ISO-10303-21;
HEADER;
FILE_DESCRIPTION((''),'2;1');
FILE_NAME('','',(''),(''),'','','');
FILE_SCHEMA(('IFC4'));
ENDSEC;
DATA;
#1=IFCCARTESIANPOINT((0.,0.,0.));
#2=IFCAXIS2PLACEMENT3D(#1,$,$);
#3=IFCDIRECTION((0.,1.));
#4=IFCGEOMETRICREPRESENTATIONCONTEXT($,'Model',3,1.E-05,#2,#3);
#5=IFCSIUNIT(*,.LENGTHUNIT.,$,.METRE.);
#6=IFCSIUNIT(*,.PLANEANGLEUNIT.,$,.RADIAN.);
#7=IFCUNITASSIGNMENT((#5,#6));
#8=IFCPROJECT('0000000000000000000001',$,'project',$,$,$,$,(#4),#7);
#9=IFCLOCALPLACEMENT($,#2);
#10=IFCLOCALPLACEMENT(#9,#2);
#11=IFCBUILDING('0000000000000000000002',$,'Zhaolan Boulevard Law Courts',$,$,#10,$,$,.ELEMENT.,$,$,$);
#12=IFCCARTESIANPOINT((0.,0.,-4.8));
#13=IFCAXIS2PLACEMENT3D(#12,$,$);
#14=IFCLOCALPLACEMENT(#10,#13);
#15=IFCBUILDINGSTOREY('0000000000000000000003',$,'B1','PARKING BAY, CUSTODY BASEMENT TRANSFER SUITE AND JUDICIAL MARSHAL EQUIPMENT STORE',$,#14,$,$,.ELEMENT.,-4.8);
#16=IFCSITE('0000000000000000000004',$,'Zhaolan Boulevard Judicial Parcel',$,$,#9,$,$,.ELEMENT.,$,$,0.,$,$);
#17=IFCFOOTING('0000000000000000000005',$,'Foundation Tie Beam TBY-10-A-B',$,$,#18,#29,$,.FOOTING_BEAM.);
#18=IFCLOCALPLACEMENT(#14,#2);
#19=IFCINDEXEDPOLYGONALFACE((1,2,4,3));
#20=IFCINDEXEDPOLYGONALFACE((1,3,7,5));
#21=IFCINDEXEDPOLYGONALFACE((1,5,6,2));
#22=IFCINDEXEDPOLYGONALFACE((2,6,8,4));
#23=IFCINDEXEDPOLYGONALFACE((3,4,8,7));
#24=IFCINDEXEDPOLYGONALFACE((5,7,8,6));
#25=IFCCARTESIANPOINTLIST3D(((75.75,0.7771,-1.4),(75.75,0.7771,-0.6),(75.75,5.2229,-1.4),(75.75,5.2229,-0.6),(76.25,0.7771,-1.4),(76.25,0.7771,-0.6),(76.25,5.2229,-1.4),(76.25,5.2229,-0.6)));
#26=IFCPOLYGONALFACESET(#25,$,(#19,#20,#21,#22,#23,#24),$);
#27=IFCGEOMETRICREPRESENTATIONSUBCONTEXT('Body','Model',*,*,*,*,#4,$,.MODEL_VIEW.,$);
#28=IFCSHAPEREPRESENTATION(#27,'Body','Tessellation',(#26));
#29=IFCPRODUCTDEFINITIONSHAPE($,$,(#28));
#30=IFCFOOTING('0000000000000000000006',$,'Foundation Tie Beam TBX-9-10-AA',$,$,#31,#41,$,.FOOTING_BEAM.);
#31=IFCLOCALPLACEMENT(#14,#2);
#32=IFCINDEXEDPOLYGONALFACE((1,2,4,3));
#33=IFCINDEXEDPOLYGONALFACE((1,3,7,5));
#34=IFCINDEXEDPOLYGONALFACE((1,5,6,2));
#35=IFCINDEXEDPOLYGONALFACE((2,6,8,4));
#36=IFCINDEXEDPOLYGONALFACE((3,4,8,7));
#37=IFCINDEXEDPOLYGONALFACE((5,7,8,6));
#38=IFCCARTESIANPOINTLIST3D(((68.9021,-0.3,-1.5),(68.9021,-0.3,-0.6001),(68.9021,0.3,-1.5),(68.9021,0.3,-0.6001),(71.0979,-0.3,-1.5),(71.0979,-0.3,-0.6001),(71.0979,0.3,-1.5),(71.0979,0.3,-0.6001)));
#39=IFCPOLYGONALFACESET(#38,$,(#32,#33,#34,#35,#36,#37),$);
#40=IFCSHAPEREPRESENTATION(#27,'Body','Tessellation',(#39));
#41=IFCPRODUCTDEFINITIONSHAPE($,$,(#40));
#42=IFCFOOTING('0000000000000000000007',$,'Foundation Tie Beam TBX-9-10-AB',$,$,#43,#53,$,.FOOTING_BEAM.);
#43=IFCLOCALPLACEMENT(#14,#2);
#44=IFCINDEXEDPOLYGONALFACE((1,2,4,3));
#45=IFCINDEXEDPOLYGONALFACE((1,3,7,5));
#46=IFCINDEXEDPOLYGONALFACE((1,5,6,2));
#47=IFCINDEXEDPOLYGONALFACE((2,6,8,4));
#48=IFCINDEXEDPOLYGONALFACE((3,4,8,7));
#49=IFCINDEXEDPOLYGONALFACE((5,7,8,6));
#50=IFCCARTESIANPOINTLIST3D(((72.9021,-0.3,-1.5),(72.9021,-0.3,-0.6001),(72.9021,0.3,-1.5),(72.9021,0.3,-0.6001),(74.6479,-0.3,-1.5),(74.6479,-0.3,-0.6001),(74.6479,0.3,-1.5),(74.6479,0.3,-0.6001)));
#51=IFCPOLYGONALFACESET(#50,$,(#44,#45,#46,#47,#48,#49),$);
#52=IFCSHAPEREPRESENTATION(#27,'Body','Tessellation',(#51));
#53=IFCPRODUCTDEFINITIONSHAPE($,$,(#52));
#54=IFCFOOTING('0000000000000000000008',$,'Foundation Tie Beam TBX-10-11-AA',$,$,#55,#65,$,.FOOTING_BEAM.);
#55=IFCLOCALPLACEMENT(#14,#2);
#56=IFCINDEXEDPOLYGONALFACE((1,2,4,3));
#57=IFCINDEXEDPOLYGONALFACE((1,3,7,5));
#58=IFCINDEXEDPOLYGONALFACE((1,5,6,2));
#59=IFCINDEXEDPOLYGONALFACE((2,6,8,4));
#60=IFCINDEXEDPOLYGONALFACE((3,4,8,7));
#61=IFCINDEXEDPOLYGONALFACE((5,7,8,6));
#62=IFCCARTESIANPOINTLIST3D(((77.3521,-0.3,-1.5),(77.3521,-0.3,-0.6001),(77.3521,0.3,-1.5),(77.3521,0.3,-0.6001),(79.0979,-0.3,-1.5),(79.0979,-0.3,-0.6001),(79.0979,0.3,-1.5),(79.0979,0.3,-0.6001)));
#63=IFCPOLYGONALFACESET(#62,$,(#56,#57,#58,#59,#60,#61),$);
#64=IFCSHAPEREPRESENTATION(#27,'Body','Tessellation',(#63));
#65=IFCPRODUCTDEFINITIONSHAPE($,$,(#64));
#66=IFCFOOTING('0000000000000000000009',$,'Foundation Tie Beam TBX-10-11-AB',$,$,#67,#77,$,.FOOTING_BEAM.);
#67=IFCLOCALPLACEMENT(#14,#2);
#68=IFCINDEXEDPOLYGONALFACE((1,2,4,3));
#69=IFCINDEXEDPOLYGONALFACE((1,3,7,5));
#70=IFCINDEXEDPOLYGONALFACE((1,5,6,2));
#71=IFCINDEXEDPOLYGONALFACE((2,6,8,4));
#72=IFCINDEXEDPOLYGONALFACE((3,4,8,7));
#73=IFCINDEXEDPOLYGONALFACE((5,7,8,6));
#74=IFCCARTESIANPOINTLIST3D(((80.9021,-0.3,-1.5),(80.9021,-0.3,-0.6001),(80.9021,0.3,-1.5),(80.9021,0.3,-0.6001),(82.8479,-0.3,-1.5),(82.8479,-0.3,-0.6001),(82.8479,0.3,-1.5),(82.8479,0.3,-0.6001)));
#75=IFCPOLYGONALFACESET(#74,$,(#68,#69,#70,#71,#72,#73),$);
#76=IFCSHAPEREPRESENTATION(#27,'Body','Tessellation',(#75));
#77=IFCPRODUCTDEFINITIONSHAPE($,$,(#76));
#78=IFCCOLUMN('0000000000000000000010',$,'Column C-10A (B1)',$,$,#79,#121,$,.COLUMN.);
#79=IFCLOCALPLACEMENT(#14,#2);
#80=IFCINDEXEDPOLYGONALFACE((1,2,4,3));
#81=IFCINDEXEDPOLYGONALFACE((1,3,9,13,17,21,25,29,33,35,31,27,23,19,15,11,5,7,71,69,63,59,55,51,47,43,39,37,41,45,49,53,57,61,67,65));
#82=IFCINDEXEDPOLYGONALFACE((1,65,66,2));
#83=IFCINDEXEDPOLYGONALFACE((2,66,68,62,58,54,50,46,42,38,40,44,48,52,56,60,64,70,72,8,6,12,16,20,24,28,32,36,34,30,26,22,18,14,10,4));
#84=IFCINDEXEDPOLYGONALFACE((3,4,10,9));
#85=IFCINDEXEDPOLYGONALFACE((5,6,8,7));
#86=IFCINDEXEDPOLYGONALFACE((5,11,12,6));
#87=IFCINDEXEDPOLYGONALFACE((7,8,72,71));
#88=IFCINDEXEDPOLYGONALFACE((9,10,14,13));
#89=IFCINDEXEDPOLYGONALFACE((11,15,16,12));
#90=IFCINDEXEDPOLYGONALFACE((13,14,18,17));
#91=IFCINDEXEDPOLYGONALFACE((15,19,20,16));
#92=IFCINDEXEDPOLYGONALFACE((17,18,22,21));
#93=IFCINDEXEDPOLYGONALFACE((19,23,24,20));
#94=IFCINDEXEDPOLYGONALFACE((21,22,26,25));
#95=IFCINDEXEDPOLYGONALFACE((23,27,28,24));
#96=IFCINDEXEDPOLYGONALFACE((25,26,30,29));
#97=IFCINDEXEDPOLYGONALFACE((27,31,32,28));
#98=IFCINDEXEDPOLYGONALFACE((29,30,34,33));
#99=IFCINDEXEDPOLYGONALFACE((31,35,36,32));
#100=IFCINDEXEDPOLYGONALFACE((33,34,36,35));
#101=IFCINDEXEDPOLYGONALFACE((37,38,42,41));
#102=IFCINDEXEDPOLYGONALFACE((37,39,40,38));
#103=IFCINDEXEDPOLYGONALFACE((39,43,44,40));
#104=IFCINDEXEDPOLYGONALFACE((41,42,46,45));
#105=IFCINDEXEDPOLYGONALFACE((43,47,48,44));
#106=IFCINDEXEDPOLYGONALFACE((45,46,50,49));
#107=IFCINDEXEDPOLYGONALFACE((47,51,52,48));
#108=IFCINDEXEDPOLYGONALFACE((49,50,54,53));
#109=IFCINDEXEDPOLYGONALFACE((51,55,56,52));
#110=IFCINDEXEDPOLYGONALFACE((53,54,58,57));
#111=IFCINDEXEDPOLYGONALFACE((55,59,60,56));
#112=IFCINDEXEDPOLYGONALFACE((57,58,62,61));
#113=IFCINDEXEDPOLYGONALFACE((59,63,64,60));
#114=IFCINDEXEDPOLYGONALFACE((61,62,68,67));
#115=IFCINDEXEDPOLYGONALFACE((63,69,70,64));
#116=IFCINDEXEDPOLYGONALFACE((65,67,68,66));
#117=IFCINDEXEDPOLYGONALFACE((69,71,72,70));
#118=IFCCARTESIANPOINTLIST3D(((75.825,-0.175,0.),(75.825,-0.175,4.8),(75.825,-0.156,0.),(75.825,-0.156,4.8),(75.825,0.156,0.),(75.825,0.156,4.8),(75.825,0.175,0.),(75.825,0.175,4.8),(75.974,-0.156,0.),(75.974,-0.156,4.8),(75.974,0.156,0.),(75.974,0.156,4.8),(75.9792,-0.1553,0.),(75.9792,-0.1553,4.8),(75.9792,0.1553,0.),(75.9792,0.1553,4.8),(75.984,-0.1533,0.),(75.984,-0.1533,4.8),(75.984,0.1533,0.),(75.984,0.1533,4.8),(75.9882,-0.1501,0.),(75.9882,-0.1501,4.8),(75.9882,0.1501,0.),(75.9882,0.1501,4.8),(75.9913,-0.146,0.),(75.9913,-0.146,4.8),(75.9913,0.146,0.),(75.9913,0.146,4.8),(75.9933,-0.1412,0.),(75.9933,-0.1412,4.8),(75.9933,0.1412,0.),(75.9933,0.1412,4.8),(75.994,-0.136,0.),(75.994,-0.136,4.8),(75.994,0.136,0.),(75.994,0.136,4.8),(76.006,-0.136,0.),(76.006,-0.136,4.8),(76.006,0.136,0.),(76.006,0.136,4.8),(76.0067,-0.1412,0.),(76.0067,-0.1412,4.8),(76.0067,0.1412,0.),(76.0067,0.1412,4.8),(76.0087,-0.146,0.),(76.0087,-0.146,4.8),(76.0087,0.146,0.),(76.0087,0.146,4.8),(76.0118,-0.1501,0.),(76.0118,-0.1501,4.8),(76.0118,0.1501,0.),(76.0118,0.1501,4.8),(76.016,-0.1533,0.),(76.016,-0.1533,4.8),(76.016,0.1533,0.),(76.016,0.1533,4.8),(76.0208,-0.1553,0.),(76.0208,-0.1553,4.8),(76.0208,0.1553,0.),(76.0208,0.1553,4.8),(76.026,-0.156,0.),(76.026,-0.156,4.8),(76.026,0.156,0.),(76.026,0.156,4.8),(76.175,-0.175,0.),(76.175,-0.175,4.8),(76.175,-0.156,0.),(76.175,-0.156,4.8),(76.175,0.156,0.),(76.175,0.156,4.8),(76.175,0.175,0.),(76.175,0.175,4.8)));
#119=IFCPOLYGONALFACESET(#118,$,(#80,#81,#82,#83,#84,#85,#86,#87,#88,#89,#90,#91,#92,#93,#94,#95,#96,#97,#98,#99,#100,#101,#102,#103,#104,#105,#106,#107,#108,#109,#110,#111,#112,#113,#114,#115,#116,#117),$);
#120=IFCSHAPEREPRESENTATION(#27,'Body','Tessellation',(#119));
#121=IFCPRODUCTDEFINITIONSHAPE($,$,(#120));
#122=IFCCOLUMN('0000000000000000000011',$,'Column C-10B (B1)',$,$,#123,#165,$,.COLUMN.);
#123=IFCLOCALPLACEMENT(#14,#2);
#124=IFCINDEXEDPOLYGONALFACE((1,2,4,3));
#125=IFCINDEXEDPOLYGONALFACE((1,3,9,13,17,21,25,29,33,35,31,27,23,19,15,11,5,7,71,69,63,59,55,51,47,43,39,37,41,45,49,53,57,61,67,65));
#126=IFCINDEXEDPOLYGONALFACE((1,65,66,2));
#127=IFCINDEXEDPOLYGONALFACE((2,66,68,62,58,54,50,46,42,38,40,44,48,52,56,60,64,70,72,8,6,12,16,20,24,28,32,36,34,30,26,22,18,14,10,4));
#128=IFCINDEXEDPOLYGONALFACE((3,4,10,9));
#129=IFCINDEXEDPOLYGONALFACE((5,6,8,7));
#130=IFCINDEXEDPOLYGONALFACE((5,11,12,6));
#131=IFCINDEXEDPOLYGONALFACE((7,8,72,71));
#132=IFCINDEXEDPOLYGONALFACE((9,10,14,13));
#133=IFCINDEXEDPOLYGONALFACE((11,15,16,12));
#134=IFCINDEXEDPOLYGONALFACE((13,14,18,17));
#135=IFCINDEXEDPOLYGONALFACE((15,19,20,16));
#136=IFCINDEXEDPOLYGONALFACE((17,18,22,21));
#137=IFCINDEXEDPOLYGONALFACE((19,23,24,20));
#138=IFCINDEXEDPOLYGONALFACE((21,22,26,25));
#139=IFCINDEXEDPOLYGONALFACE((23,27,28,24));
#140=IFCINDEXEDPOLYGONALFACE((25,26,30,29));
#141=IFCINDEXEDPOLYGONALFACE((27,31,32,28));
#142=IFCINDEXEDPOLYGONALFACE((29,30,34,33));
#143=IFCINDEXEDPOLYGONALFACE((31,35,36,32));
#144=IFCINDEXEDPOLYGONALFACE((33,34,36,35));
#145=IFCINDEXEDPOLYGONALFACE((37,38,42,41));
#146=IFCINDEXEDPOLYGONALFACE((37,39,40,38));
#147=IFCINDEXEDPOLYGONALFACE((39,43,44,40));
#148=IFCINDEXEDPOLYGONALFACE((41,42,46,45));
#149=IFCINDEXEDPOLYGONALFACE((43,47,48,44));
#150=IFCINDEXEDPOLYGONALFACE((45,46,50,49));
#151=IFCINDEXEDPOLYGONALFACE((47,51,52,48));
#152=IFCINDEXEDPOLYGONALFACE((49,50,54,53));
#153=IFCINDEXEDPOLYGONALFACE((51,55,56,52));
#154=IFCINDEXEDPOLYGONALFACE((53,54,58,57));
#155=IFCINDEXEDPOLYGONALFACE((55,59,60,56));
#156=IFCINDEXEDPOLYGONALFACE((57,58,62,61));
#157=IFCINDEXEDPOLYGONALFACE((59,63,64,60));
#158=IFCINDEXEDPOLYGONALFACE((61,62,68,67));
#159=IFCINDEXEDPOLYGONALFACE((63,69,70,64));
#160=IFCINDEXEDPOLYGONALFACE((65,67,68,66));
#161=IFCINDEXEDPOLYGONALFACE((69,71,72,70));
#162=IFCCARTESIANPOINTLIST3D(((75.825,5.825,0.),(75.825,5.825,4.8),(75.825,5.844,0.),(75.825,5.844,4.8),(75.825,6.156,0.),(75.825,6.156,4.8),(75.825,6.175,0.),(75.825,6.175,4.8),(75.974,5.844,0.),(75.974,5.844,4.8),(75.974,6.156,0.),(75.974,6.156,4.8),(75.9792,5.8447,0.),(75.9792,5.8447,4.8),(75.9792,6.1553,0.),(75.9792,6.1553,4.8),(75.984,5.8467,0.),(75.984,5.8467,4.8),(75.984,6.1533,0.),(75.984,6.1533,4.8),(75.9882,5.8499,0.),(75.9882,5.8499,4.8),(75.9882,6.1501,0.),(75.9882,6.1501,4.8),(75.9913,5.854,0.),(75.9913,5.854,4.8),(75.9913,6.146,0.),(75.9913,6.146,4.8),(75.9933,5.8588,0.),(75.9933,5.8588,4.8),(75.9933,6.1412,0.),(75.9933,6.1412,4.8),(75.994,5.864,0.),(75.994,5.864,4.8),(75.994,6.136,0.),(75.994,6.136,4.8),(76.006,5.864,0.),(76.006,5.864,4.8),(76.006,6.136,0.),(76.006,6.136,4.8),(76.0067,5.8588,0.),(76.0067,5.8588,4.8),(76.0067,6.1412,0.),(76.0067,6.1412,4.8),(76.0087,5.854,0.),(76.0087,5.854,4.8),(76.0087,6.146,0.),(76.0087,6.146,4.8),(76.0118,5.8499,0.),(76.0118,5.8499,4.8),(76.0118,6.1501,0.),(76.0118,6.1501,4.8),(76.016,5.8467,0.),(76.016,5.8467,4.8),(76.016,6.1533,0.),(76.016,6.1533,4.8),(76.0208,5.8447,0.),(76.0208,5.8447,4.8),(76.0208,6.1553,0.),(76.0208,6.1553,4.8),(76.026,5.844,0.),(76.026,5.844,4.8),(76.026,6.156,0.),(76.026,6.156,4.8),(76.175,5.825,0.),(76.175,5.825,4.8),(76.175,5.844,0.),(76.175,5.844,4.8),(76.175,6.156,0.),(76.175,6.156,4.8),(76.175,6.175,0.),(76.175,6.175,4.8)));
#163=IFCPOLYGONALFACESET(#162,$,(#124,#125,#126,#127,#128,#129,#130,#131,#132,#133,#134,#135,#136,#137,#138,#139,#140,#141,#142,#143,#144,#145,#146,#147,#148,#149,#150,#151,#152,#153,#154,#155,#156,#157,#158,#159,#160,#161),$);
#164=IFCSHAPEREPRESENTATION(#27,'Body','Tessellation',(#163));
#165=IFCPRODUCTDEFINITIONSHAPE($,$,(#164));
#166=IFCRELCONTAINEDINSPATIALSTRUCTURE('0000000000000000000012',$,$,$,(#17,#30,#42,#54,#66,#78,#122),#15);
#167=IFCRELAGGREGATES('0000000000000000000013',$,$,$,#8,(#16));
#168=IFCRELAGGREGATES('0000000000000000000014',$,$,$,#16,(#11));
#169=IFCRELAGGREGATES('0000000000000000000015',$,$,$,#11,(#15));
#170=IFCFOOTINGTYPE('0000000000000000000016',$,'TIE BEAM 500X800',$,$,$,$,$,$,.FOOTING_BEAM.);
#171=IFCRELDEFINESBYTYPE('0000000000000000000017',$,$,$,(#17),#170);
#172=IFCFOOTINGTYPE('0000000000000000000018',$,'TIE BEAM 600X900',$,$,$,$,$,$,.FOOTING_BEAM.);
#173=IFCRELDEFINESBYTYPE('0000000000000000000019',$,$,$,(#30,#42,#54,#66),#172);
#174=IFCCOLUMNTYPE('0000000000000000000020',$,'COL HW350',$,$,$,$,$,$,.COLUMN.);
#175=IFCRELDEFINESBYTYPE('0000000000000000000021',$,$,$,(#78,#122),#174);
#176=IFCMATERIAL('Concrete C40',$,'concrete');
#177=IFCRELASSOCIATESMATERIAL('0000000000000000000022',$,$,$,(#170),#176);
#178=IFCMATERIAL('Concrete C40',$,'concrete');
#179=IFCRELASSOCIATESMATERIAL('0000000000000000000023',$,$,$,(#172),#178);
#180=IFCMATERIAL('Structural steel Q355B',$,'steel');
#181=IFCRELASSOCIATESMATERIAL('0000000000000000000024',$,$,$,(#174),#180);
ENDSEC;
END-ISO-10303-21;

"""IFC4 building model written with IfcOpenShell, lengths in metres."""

from ifc_helpers import new_model, si_unit, direction, frame, origin, origin_2d, place, context, subcontext, project, spatial, rectangle, i_section, extrude, material, material_profile, profile_set, type_object, element, save


model = new_model("IFC4")

# Units and contexts
model_context = context("Model", 3, precision=1e-05, world=origin(), true_north=direction((0.0, 1.0)))
body_context = subcontext(model_context, "Body", "Model", "MODEL_VIEW")
ifc_project = project(units=[si_unit("LENGTHUNIT", "METRE"), si_unit("PLANEANGLEUNIT", "RADIAN")], contexts=[model_context])

# Site, building, storey
site_placement = place(None, origin())
site = spatial("IfcSite", under=ifc_project, at=site_placement, Name="Zhaolan Boulevard Judicial Parcel", CompositionType="ELEMENT", RefElevation=0.0)
building_placement = place(site_placement, origin())
building = spatial("IfcBuilding", under=site, at=building_placement, Name="Zhaolan Boulevard Law Courts", CompositionType="ELEMENT")
storey_placement = place(building_placement, frame((0.0, 0.0, -4.8)))
storey = spatial("IfcBuildingStorey", under=building, at=storey_placement, Name="B1", Description="PARKING BAY, CUSTODY BASEMENT TRANSFER SUITE AND JUDICIAL MARSHAL EQUIPMENT STORE", CompositionType="ELEMENT", Elevation=-4.8)

# Footings
ifc_material_1 = material(Name="Concrete C40", Category="concrete")
ifc_material_profile_1 = material_profile(ifc_material_1, rectangle(XDim=0.5, YDim=0.8, at=origin_2d()), Name="RC500x800")
ifc_profile_set_1 = profile_set([ifc_material_profile_1], Name="Concrete C40")
footing_type_1 = type_object("IfcFootingType", Name="TIE BEAM 500X800", PredefinedType="FOOTING_BEAM", material=ifc_profile_set_1)
footing_1_placement = place(storey_placement, frame((76.0, 0.7771, -1.0), z_axis=(0.0, 1.0, 0.0), x_axis=(-1.0, 0.0, 0.0)))
element("IfcFooting", 1, at=footing_1_placement, inside=storey, type_object=footing_type_1, Name="Foundation Tie Beam TBY-10-A-B", PredefinedType="FOOTING_BEAM", context=body_context, shape_type="SweptSolid", body=[
    extrude(rectangle(XDim=0.5, YDim=0.8, at=origin_2d()), origin(), (0.0, 0.0, 1.0), 4.4458),
])
ifc_material_2 = material(Name="Concrete C40", Category="concrete")
ifc_material_profile_2 = material_profile(ifc_material_2, rectangle(XDim=0.6001, YDim=0.8999, at=origin_2d()), Name="RC600x900")
ifc_profile_set_2 = profile_set([ifc_material_profile_2], Name="Concrete C40")
footing_type_2 = type_object("IfcFootingType", Name="TIE BEAM 600X900", PredefinedType="FOOTING_BEAM", material=ifc_profile_set_2)
footing_2_placement = place(storey_placement, frame((68.9021, 0.0, -1.05), z_axis=(1.0, 0.0, 0.0), x_axis=(0.0, 1.0, 0.0)))
element("IfcFooting", 2, at=footing_2_placement, inside=storey, type_object=footing_type_2, Name="Foundation Tie Beam TBX-9-10-AA", PredefinedType="FOOTING_BEAM", context=body_context, shape_type="SweptSolid", body=[
    extrude(rectangle(XDim=0.6001, YDim=0.8999, at=origin_2d()), origin(), (0.0, 0.0, 1.0), 2.1958),
])
for number, where, z_axis, x_axis, name in (
    (3, (72.9021, 0.0, -1.05), (1.0, 0.0, 0.0), (0.0, 1.0, 0.0), "Foundation Tie Beam TBX-9-10-AB"),
    (4, (77.3521, 0.0, -1.05), (1.0, 0.0, 0.0), (0.0, 1.0, 0.0), "Foundation Tie Beam TBX-10-11-AA"),
):
    element("IfcFooting", number, at=place(storey_placement, frame(where, z_axis=z_axis, x_axis=x_axis)), inside=storey, type_object=footing_type_2, Name=name, PredefinedType="FOOTING_BEAM", context=body_context, shape_type="SweptSolid", body=[
        extrude(rectangle(XDim=0.6001, YDim=0.8999, at=origin_2d()), origin(), (0.0, 0.0, 1.0), 1.7458),
    ])
footing_3_placement = place(storey_placement, frame((80.9021, 0.0, -1.05), z_axis=(1.0, 0.0, 0.0), x_axis=(0.0, 1.0, 0.0)))
element("IfcFooting", 5, at=footing_3_placement, inside=storey, type_object=footing_type_2, Name="Foundation Tie Beam TBX-10-11-AB", PredefinedType="FOOTING_BEAM", context=body_context, shape_type="SweptSolid", body=[
    extrude(rectangle(XDim=0.6001, YDim=0.8999, at=origin_2d()), origin(), (0.0, 0.0, 1.0), 1.9458),
])

# Columns
ifc_material_3 = material(Name="Structural steel Q355B", Category="steel")
ifc_material_profile_3 = material_profile(ifc_material_3, i_section(OverallWidth=0.3501, OverallDepth=0.3501, WebThickness=0.012, FlangeThickness=0.019, FilletRadius=0.02, at=origin_2d()), Name="HW350x350")
ifc_profile_set_3 = profile_set([ifc_material_profile_3], Name="Structural steel Q355B")
column_type_1 = type_object("IfcColumnType", Name="COL HW350", PredefinedType="COLUMN", material=ifc_profile_set_3)
for number, where, z_axis, x_axis, name in (
    (6, (76.0, 0.0, 0.0), (0.0, 0.0, 1.0), (1.0, 0.0, 0.0), "Column C-10A (B1)"),
    (7, (76.0, 6.0, 0.0), (0.0, 0.0, 1.0), (1.0, 0.0, 0.0), "Column C-10B (B1)"),
):
    element("IfcColumn", number, at=place(storey_placement, frame(where, z_axis=z_axis, x_axis=x_axis)), inside=storey, type_object=column_type_1, Name=name, PredefinedType="COLUMN", context=body_context, shape_type="SweptSolid", body=[
        extrude(i_section(OverallWidth=0.3501, OverallDepth=0.3501, WebThickness=0.012, FlangeThickness=0.019, FilletRadius=0.02, at=origin_2d()), origin(), (0.0, 0.0, 1.0), 4.8),
    ])

save(model, "model.ifc")
